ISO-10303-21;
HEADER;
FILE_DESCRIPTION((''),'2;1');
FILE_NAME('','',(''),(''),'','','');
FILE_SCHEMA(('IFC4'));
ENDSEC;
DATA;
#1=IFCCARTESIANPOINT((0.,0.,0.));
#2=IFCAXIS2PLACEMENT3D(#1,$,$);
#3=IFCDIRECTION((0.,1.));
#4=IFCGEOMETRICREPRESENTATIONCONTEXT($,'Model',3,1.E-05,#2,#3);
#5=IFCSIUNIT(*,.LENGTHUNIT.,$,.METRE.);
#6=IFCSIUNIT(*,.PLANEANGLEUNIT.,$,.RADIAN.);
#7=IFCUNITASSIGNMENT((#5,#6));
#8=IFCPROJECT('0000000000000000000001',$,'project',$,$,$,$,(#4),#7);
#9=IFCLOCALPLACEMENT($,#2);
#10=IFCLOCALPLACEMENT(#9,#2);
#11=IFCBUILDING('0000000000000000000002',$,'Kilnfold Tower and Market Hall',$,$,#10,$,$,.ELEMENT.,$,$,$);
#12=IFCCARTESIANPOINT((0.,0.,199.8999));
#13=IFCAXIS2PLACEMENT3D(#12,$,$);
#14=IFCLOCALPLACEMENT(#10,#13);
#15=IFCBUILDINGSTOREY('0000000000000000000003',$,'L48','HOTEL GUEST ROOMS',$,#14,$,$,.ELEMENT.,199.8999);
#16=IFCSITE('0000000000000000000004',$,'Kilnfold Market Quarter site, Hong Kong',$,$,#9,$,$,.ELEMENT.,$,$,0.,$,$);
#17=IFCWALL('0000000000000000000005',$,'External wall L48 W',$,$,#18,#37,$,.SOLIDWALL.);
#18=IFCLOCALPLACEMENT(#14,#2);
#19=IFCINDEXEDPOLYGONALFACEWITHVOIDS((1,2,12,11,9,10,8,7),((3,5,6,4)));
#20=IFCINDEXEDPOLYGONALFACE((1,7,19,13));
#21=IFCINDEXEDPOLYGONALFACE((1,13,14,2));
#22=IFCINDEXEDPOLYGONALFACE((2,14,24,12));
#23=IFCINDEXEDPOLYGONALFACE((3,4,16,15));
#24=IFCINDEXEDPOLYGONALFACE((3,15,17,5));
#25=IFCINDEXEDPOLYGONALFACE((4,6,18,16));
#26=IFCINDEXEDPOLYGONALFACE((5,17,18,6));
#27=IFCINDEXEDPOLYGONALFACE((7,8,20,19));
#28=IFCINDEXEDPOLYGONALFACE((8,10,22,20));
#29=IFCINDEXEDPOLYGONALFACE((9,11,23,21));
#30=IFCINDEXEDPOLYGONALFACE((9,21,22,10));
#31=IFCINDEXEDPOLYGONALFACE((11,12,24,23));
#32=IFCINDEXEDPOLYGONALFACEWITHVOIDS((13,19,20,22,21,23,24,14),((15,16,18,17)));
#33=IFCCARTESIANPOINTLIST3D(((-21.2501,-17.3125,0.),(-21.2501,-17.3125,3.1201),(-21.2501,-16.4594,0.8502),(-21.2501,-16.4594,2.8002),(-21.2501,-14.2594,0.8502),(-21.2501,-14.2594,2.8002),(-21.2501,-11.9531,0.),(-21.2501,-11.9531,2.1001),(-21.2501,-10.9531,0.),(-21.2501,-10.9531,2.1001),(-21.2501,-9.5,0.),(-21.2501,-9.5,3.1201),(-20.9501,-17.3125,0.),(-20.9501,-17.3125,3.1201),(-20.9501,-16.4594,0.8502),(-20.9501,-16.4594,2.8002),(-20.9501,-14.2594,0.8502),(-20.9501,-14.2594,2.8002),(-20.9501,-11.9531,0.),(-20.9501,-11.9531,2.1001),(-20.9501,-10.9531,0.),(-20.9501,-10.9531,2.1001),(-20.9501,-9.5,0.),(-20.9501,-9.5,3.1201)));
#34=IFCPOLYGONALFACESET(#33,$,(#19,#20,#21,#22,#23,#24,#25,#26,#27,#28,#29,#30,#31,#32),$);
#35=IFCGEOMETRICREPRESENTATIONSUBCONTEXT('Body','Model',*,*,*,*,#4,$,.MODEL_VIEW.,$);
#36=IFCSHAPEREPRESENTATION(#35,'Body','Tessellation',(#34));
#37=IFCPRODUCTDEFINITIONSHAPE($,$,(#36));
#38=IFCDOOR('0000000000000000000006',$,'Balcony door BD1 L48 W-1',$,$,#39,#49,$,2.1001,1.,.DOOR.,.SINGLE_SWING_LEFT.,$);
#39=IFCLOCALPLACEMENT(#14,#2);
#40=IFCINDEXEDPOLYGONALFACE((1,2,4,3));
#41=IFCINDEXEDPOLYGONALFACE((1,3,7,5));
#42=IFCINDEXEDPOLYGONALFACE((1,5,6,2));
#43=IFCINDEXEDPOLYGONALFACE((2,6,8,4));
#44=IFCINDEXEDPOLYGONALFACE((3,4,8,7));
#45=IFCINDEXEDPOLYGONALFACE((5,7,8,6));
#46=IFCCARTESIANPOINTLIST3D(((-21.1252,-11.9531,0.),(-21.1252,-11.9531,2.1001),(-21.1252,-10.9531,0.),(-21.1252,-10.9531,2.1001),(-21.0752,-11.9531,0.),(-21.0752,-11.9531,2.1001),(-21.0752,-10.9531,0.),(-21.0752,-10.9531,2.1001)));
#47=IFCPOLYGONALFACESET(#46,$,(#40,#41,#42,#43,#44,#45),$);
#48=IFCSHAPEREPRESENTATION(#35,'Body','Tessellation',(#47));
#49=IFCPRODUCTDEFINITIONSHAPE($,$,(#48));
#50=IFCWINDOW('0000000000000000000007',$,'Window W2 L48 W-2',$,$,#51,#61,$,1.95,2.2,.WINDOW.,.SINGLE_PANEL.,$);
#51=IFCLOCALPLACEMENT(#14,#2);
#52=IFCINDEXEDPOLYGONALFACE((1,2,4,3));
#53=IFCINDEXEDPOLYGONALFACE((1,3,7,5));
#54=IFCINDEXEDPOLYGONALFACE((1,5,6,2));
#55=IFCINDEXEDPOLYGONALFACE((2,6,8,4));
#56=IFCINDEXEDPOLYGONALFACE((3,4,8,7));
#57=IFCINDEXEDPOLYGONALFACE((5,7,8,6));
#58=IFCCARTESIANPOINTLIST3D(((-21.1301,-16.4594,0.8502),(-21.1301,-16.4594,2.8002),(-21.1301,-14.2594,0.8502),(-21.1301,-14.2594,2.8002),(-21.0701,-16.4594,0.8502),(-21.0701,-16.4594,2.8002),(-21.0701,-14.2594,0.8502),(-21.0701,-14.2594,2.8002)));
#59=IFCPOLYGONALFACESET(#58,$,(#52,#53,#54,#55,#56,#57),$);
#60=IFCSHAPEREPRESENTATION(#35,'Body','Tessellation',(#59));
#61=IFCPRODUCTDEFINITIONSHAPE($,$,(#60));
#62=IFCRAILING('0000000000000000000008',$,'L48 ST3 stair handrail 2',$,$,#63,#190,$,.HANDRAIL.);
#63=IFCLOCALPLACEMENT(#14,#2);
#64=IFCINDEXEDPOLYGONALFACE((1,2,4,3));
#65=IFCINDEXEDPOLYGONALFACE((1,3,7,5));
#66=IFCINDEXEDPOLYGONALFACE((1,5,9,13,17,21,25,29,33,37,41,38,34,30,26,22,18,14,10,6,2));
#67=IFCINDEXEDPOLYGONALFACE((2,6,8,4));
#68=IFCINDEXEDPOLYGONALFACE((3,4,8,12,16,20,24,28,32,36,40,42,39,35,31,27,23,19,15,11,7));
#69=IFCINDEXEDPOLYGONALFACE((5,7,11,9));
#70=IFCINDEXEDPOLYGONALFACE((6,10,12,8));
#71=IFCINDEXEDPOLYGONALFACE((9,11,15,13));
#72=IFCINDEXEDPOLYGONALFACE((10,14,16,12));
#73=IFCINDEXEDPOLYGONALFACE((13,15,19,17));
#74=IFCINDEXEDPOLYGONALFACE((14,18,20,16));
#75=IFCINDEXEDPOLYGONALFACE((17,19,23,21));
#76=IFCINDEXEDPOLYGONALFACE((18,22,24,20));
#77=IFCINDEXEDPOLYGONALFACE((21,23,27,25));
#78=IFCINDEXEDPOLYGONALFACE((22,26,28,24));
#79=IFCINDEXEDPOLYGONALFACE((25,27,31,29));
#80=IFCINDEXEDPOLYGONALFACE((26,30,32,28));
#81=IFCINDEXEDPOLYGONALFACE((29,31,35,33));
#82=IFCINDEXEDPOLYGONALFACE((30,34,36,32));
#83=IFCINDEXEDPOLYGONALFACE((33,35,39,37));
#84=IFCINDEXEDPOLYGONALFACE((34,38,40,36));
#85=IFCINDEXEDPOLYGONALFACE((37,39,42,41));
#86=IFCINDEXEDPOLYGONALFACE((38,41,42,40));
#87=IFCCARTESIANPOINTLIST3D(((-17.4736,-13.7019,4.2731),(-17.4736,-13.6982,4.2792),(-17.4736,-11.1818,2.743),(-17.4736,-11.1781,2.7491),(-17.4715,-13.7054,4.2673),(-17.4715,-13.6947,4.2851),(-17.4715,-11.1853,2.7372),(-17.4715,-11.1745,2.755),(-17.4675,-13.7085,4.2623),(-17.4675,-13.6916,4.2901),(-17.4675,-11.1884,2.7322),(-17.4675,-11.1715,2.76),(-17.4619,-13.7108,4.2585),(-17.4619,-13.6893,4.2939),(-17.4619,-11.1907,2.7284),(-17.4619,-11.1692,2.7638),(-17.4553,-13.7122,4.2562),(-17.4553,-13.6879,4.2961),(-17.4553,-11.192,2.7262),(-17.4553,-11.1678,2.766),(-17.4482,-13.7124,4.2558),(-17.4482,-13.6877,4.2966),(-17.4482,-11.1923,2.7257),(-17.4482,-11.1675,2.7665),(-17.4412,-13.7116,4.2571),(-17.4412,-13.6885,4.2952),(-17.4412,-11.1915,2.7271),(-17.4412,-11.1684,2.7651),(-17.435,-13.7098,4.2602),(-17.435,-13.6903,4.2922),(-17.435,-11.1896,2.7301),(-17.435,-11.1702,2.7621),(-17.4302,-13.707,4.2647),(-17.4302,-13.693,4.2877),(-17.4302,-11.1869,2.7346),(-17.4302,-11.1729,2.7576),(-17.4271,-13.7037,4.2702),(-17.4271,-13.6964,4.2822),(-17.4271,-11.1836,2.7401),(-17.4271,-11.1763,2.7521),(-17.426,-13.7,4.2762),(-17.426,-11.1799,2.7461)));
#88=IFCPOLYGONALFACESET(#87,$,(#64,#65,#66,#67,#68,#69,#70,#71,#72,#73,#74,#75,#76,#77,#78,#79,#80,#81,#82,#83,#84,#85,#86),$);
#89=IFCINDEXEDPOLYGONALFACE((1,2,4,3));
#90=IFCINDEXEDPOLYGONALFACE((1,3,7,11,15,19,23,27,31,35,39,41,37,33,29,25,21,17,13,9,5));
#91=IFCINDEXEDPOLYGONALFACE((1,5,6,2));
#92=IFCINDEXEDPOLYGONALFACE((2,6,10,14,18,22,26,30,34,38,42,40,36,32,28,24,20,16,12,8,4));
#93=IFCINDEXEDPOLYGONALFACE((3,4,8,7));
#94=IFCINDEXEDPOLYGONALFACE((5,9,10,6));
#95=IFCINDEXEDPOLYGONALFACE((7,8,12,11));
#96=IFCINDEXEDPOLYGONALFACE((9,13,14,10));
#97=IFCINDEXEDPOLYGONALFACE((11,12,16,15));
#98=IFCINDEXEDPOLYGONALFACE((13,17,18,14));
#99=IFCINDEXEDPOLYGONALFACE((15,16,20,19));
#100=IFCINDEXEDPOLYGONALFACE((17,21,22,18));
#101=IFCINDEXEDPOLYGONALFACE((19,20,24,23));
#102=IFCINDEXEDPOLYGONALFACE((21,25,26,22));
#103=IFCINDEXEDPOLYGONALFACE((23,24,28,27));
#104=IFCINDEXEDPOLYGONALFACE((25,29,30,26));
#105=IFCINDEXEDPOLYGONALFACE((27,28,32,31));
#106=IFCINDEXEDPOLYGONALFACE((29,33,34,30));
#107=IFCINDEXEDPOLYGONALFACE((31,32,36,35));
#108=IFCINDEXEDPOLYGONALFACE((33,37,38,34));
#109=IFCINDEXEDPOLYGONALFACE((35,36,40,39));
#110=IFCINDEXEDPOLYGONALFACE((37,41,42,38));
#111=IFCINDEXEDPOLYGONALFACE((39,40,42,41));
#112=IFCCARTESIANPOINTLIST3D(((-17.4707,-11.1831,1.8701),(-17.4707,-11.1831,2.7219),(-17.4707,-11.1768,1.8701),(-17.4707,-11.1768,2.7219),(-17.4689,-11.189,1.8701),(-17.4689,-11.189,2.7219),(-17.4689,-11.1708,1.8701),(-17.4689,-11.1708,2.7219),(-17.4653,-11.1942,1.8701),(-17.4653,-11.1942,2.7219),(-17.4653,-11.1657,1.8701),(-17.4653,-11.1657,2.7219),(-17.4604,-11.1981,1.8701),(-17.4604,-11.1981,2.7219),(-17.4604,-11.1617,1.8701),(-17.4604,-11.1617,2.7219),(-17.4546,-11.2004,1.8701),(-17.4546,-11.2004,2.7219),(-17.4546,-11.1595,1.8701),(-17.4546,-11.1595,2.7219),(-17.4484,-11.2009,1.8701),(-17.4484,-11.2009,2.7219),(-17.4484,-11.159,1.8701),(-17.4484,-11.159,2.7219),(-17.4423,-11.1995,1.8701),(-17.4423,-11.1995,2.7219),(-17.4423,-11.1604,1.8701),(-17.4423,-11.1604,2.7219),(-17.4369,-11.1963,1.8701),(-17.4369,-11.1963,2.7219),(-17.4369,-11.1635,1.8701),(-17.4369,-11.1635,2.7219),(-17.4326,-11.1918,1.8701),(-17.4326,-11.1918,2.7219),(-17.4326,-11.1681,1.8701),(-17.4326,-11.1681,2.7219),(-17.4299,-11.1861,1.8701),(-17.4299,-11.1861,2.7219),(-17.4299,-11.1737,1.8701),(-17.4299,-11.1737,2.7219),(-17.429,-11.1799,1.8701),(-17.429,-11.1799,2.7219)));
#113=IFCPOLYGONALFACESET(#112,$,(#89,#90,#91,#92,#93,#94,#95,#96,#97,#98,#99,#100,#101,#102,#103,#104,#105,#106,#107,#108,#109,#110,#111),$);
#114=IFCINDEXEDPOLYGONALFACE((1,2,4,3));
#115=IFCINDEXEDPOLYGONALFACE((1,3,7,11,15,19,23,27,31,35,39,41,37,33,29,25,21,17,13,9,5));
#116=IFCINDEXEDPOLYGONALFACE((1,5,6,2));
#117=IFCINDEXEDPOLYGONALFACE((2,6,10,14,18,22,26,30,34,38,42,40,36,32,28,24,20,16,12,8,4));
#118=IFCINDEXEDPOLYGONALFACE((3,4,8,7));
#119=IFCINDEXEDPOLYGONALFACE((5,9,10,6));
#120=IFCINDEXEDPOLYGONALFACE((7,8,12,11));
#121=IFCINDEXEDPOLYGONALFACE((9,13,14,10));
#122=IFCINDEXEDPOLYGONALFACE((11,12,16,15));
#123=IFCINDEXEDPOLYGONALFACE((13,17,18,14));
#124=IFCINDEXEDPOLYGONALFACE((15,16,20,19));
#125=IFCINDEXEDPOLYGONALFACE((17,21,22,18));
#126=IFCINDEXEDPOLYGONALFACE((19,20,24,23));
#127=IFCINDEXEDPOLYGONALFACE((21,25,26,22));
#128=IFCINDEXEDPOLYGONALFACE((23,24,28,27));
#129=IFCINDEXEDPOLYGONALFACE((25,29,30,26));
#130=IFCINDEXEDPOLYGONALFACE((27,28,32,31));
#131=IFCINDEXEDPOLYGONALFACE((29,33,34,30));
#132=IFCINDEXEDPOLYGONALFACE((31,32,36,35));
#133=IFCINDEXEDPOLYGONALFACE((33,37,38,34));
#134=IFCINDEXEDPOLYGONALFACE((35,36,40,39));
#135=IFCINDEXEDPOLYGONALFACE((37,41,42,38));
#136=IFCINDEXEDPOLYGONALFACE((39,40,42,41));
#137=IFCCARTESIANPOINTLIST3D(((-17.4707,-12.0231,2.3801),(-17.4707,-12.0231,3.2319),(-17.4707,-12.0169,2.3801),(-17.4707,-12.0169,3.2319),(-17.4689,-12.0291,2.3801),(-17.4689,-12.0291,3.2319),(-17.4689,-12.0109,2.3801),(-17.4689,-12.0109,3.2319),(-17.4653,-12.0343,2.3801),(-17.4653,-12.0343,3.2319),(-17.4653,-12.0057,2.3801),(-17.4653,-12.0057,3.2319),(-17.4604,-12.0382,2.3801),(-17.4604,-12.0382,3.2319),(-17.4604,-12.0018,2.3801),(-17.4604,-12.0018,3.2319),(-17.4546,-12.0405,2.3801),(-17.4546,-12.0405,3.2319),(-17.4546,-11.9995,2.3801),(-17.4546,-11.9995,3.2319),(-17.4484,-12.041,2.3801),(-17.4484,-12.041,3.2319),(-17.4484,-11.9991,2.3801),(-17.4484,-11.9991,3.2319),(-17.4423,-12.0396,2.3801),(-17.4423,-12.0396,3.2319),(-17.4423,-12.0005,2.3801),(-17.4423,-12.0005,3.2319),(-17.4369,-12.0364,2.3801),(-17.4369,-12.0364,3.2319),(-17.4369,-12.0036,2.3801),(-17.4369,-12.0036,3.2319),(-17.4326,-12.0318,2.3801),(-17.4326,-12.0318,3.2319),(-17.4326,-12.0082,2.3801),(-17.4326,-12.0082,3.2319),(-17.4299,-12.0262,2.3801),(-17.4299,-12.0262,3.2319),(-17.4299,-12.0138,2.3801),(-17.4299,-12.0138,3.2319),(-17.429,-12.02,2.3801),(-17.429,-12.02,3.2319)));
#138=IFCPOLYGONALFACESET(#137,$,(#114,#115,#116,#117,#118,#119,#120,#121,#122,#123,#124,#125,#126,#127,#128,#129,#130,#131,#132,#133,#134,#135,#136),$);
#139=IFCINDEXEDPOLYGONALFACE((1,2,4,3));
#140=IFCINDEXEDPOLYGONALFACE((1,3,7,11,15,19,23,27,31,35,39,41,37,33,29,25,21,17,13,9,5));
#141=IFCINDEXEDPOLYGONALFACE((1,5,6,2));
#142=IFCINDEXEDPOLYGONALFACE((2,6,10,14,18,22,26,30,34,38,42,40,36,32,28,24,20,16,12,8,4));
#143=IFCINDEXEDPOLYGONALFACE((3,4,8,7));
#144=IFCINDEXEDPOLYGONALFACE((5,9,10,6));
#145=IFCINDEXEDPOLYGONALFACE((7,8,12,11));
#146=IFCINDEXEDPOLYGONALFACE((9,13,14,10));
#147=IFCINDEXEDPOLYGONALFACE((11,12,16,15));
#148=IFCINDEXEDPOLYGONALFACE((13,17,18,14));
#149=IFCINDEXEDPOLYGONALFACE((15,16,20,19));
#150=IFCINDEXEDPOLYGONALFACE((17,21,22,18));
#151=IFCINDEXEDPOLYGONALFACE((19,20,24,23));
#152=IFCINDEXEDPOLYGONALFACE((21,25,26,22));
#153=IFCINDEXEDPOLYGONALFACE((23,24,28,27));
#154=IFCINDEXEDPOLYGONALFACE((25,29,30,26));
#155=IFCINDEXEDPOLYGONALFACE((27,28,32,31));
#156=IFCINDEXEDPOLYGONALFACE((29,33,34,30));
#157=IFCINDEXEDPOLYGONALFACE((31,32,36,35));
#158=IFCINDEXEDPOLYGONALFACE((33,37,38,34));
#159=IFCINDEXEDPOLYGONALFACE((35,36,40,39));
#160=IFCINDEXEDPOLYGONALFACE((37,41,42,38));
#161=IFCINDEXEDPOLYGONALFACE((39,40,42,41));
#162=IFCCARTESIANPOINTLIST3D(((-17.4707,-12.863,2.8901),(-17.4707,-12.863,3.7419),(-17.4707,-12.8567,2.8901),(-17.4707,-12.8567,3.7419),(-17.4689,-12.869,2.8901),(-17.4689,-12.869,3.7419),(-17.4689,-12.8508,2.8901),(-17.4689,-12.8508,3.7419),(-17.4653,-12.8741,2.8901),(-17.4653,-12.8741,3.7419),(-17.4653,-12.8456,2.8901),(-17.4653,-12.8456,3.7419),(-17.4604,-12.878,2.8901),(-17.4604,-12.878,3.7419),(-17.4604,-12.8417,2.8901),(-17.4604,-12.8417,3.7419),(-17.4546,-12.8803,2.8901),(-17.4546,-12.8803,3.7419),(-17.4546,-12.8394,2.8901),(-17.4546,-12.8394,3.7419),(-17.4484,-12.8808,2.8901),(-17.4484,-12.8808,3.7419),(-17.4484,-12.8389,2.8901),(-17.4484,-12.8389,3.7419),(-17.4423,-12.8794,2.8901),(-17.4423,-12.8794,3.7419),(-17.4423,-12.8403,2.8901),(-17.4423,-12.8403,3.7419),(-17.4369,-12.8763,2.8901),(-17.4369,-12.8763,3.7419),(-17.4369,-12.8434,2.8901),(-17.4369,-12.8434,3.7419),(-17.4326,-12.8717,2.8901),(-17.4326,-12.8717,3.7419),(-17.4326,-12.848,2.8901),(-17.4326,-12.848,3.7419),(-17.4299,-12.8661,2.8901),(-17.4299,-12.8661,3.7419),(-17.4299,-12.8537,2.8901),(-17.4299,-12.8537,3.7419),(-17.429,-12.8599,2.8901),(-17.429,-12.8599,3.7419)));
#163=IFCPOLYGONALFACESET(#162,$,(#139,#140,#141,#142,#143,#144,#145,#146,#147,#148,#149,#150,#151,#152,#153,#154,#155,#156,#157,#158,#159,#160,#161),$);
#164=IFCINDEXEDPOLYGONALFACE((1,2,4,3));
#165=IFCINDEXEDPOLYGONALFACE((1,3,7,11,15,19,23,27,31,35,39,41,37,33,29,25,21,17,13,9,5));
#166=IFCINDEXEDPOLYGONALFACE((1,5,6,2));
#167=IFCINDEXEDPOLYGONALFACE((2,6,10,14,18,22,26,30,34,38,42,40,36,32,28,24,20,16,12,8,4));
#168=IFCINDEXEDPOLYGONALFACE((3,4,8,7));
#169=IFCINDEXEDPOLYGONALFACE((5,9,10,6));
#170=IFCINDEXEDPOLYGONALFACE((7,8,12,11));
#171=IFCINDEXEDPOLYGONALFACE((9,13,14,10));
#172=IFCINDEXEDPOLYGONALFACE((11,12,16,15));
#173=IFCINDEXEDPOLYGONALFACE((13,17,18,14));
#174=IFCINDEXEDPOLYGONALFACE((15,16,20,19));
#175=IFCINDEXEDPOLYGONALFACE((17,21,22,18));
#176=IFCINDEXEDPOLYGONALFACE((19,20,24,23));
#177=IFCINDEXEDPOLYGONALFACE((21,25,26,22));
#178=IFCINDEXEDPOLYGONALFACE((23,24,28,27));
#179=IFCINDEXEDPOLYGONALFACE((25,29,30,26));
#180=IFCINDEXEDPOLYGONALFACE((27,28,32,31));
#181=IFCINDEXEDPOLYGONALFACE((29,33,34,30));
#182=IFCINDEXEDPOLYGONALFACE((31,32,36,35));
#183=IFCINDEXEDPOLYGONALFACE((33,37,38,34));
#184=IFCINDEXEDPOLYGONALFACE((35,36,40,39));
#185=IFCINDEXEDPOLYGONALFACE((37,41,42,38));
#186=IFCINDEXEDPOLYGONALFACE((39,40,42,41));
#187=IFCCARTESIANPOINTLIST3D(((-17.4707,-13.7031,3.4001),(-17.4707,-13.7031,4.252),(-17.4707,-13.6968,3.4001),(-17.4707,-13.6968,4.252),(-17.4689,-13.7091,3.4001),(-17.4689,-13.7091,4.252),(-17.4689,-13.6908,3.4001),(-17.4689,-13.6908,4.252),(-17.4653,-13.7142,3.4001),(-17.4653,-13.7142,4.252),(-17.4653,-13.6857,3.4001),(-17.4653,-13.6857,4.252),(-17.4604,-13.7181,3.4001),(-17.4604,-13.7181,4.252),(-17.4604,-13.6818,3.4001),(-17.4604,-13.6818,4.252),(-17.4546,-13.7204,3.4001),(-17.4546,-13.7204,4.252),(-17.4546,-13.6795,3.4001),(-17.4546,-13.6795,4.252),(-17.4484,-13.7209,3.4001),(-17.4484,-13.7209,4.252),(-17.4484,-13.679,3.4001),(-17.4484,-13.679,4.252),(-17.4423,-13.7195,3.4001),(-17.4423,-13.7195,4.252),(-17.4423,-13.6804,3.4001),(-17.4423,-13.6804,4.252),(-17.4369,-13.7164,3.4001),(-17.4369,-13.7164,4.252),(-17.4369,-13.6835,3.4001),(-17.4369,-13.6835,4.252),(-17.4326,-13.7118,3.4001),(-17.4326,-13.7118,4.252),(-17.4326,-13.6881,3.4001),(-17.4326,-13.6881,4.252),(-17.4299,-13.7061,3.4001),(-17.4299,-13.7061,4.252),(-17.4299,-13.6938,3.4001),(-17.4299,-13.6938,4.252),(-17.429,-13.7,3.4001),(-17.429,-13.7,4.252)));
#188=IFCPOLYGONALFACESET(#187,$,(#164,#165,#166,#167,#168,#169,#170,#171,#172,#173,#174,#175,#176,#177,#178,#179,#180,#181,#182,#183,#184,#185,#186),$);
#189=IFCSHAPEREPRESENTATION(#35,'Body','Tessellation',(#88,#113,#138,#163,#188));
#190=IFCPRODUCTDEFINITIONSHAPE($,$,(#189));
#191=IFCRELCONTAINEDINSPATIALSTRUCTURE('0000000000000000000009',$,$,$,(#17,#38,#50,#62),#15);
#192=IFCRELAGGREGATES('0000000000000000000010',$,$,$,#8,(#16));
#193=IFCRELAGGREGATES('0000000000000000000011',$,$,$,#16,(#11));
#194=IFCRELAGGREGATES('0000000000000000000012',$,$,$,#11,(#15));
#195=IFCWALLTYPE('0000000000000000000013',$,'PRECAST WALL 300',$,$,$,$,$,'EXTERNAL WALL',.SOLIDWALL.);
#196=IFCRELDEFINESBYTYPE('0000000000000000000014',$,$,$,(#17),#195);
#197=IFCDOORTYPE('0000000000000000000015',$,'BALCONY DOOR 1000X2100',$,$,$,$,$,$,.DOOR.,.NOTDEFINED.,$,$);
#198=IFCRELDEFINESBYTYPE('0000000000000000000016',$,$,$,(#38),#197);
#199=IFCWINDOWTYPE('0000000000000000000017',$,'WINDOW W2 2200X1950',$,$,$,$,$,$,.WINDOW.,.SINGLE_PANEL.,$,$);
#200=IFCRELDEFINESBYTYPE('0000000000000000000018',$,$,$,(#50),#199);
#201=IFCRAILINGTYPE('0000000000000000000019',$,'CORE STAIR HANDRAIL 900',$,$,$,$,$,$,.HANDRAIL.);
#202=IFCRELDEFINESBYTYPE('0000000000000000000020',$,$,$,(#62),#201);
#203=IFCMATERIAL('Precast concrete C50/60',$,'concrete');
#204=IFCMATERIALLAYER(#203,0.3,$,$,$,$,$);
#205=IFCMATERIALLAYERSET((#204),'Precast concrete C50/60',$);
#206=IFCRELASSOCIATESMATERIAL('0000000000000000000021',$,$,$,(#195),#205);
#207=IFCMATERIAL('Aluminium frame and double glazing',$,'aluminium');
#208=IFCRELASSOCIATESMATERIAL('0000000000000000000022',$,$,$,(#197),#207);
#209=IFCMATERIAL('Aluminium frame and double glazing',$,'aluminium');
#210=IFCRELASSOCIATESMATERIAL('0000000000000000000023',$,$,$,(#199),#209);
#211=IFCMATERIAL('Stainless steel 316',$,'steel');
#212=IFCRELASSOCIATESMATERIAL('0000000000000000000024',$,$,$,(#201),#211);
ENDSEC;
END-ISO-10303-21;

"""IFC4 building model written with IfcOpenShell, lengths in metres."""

from ifc_helpers import new_model, si_unit, direction, frame, frame_2d, origin, origin_2d, place, context, subcontext, project, spatial, rectangle, circle, extrude, source, transform, mapped, material, layer, layer_set, type_object, element, fill, save


model = new_model("IFC4")

# Units and contexts
model_context = context("Model", 3, precision=1e-05, world=origin(), true_north=direction((0.0, 1.0)))
body_context = subcontext(model_context, "Body", "Model", "MODEL_VIEW")
ifc_project = project(units=[si_unit("LENGTHUNIT", "METRE"), si_unit("PLANEANGLEUNIT", "RADIAN")], contexts=[model_context])

# Site, building, storey
site_placement = place(None, origin())
site = spatial("IfcSite", under=ifc_project, at=site_placement, Name="Kilnfold Market Quarter site, Hong Kong", CompositionType="ELEMENT", RefElevation=0.0)
building_placement = place(site_placement, origin())
building = spatial("IfcBuilding", under=site, at=building_placement, Name="Kilnfold Tower and Market Hall", CompositionType="ELEMENT")
storey_placement = place(building_placement, frame((0.0, 0.0, 199.8999)))
storey = spatial("IfcBuildingStorey", under=building, at=storey_placement, Name="L48", Description="HOTEL GUEST ROOMS", CompositionType="ELEMENT", Elevation=199.8999)

# Wall, openings, door, window
ifc_material_1 = material(Name="Precast concrete C50/60", Category="concrete")
ifc_layer_1 = layer(ifc_material_1, 0.3)
ifc_layer_set_1 = layer_set([ifc_layer_1], Name="Precast concrete C50/60")
wall_type_1 = type_object("IfcWallType", Name="PRECAST WALL 300", ElementType="EXTERNAL WALL", PredefinedType="SOLIDWALL", material=ifc_layer_set_1)
shared_shape_1 = source(origin(), body_context, "Body", "SweptSolid", [
    extrude(rectangle(XDim=7.8125, YDim=0.3, at=frame_2d((3.9062, 0.0))), origin(), (0.0, 0.0, 1.0), 3.1201),
])
wall_1_placement = place(storey_placement, frame((-21.1001, -9.5, 0.0), z_axis=(0.0, 0.0, 1.0), x_axis=(0.0, -1.0, 0.0)))
wall_1 = element("IfcWall", 1, at=wall_1_placement, inside=storey, type_object=wall_type_1, Name="External wall L48 W", PredefinedType="SOLIDWALL", context=body_context, shape_type="MappedRepresentation", body=[
    mapped(shared_shape_1, transform((0.0, 0.0, 0.0))),
])
opening_1_placement = place(wall_1_placement, frame((1.4531, 0.0, 0.0)))
opening_1 = element("IfcOpeningElement", 2, at=opening_1_placement, cuts=wall_1, PredefinedType="OPENING", context=body_context, shape_type="SweptSolid", body=[
    extrude(rectangle(XDim=1.0, YDim=2.1001, at=frame_2d((0.5, 1.05))), frame((0.0, 0.1602, 0.0), z_axis=(0.0, -1.0, 0.0), x_axis=(1.0, 0.0, 0.0)), (0.0, 0.0, 1.0), 0.3201),
])
opening_2_placement = place(wall_1_placement, frame((4.7593, 0.0, 0.8501)))
opening_2 = element("IfcOpeningElement", 3, at=opening_2_placement, cuts=wall_1, PredefinedType="OPENING", context=body_context, shape_type="SweptSolid", body=[
    extrude(rectangle(XDim=2.2, YDim=1.95, at=frame_2d((1.1001, 0.9751))), frame((0.0, 0.1602, 0.0), z_axis=(0.0, -1.0, 0.0), x_axis=(1.0, 0.0, 0.0)), (0.0, 0.0, 1.0), 0.3201),
])
ifc_material_2 = material(Name="Aluminium frame and double glazing", Category="aluminium")
door_type_1 = type_object("IfcDoorType", Name="BALCONY DOOR 1000X2100", OperationType="NOTDEFINED", PredefinedType="DOOR", material=ifc_material_2)
door_1_placement = place(opening_1_placement, origin())
door_1 = element("IfcDoor", 4, at=door_1_placement, inside=storey, type_object=door_type_1, Name="Balcony door BD1 L48 W-1", OperationType="SINGLE_SWING_LEFT", OverallHeight=2.1001, OverallWidth=1.0, PredefinedType="DOOR", context=body_context, shape_type="SweptSolid", body=[
    extrude(rectangle(XDim=1.0, YDim=2.1001, at=frame_2d((0.5, 1.05))), frame((0.0, 0.0249, 0.0), z_axis=(0.0, -1.0, 0.0), x_axis=(1.0, 0.0, 0.0)), (0.0, 0.0, 1.0), 0.05),
])
fill(opening_1, door_1)
ifc_material_3 = material(Name="Aluminium frame and double glazing", Category="aluminium")
window_type = type_object("IfcWindowType", Name="WINDOW W2 2200X1950", PartitioningType="SINGLE_PANEL", PredefinedType="WINDOW", material=ifc_material_3)
window_placement = place(opening_2_placement, origin())
window = element("IfcWindow", 5, at=window_placement, inside=storey, type_object=window_type, Name="Window W2 L48 W-2", OverallHeight=1.95, OverallWidth=2.2, PartitioningType="SINGLE_PANEL", PredefinedType="WINDOW", context=body_context, shape_type="SweptSolid", body=[
    extrude(rectangle(XDim=2.2, YDim=1.95, at=frame_2d((1.1001, 0.9751))), frame((0.0, 0.03, 0.0), z_axis=(0.0, -1.0, 0.0), x_axis=(1.0, 0.0, 0.0)), (0.0, 0.0, 1.0), 0.0601),
])
fill(opening_2, window)

# Railing
ifc_material_4 = material(Name="Stainless steel 316", Category="steel")
railing_type_1 = type_object("IfcRailingType", Name="CORE STAIR HANDRAIL 900", PredefinedType="HANDRAIL", material=ifc_material_4)
railing_1_placement = place(storey_placement, frame((-17.45, -11.1799, 1.8701)))
element("IfcRailing", 6, at=railing_1_placement, inside=storey, type_object=railing_type_1, Name="L48 ST3 stair handrail 2", PredefinedType="HANDRAIL", context=body_context, shape_type="SweptSolid", body=[
    extrude(circle(Radius=0.0239, at=origin_2d()), frame((0.0, 0.0, 0.876), z_axis=(0.0, -0.854785, 0.518982), x_axis=(1.0, 0.0, 0.0)), (0.0, 0.0, 1.0), 2.9482),
    extrude(circle(Radius=0.021, at=origin_2d()), origin(), (0.0, 0.0, 1.0), 0.8518),
    extrude(circle(Radius=0.021, at=origin_2d()), frame((0.0, -0.8401, 0.51)), (0.0, 0.0, 1.0), 0.8518),
    extrude(circle(Radius=0.021, at=origin_2d()), frame((0.0, -1.6799, 1.02)), (0.0, 0.0, 1.0), 0.8518),
    extrude(circle(Radius=0.021, at=origin_2d()), frame((0.0, -2.52, 1.53)), (0.0, 0.0, 1.0), 0.8518),
])

save(model, "model.ifc")
